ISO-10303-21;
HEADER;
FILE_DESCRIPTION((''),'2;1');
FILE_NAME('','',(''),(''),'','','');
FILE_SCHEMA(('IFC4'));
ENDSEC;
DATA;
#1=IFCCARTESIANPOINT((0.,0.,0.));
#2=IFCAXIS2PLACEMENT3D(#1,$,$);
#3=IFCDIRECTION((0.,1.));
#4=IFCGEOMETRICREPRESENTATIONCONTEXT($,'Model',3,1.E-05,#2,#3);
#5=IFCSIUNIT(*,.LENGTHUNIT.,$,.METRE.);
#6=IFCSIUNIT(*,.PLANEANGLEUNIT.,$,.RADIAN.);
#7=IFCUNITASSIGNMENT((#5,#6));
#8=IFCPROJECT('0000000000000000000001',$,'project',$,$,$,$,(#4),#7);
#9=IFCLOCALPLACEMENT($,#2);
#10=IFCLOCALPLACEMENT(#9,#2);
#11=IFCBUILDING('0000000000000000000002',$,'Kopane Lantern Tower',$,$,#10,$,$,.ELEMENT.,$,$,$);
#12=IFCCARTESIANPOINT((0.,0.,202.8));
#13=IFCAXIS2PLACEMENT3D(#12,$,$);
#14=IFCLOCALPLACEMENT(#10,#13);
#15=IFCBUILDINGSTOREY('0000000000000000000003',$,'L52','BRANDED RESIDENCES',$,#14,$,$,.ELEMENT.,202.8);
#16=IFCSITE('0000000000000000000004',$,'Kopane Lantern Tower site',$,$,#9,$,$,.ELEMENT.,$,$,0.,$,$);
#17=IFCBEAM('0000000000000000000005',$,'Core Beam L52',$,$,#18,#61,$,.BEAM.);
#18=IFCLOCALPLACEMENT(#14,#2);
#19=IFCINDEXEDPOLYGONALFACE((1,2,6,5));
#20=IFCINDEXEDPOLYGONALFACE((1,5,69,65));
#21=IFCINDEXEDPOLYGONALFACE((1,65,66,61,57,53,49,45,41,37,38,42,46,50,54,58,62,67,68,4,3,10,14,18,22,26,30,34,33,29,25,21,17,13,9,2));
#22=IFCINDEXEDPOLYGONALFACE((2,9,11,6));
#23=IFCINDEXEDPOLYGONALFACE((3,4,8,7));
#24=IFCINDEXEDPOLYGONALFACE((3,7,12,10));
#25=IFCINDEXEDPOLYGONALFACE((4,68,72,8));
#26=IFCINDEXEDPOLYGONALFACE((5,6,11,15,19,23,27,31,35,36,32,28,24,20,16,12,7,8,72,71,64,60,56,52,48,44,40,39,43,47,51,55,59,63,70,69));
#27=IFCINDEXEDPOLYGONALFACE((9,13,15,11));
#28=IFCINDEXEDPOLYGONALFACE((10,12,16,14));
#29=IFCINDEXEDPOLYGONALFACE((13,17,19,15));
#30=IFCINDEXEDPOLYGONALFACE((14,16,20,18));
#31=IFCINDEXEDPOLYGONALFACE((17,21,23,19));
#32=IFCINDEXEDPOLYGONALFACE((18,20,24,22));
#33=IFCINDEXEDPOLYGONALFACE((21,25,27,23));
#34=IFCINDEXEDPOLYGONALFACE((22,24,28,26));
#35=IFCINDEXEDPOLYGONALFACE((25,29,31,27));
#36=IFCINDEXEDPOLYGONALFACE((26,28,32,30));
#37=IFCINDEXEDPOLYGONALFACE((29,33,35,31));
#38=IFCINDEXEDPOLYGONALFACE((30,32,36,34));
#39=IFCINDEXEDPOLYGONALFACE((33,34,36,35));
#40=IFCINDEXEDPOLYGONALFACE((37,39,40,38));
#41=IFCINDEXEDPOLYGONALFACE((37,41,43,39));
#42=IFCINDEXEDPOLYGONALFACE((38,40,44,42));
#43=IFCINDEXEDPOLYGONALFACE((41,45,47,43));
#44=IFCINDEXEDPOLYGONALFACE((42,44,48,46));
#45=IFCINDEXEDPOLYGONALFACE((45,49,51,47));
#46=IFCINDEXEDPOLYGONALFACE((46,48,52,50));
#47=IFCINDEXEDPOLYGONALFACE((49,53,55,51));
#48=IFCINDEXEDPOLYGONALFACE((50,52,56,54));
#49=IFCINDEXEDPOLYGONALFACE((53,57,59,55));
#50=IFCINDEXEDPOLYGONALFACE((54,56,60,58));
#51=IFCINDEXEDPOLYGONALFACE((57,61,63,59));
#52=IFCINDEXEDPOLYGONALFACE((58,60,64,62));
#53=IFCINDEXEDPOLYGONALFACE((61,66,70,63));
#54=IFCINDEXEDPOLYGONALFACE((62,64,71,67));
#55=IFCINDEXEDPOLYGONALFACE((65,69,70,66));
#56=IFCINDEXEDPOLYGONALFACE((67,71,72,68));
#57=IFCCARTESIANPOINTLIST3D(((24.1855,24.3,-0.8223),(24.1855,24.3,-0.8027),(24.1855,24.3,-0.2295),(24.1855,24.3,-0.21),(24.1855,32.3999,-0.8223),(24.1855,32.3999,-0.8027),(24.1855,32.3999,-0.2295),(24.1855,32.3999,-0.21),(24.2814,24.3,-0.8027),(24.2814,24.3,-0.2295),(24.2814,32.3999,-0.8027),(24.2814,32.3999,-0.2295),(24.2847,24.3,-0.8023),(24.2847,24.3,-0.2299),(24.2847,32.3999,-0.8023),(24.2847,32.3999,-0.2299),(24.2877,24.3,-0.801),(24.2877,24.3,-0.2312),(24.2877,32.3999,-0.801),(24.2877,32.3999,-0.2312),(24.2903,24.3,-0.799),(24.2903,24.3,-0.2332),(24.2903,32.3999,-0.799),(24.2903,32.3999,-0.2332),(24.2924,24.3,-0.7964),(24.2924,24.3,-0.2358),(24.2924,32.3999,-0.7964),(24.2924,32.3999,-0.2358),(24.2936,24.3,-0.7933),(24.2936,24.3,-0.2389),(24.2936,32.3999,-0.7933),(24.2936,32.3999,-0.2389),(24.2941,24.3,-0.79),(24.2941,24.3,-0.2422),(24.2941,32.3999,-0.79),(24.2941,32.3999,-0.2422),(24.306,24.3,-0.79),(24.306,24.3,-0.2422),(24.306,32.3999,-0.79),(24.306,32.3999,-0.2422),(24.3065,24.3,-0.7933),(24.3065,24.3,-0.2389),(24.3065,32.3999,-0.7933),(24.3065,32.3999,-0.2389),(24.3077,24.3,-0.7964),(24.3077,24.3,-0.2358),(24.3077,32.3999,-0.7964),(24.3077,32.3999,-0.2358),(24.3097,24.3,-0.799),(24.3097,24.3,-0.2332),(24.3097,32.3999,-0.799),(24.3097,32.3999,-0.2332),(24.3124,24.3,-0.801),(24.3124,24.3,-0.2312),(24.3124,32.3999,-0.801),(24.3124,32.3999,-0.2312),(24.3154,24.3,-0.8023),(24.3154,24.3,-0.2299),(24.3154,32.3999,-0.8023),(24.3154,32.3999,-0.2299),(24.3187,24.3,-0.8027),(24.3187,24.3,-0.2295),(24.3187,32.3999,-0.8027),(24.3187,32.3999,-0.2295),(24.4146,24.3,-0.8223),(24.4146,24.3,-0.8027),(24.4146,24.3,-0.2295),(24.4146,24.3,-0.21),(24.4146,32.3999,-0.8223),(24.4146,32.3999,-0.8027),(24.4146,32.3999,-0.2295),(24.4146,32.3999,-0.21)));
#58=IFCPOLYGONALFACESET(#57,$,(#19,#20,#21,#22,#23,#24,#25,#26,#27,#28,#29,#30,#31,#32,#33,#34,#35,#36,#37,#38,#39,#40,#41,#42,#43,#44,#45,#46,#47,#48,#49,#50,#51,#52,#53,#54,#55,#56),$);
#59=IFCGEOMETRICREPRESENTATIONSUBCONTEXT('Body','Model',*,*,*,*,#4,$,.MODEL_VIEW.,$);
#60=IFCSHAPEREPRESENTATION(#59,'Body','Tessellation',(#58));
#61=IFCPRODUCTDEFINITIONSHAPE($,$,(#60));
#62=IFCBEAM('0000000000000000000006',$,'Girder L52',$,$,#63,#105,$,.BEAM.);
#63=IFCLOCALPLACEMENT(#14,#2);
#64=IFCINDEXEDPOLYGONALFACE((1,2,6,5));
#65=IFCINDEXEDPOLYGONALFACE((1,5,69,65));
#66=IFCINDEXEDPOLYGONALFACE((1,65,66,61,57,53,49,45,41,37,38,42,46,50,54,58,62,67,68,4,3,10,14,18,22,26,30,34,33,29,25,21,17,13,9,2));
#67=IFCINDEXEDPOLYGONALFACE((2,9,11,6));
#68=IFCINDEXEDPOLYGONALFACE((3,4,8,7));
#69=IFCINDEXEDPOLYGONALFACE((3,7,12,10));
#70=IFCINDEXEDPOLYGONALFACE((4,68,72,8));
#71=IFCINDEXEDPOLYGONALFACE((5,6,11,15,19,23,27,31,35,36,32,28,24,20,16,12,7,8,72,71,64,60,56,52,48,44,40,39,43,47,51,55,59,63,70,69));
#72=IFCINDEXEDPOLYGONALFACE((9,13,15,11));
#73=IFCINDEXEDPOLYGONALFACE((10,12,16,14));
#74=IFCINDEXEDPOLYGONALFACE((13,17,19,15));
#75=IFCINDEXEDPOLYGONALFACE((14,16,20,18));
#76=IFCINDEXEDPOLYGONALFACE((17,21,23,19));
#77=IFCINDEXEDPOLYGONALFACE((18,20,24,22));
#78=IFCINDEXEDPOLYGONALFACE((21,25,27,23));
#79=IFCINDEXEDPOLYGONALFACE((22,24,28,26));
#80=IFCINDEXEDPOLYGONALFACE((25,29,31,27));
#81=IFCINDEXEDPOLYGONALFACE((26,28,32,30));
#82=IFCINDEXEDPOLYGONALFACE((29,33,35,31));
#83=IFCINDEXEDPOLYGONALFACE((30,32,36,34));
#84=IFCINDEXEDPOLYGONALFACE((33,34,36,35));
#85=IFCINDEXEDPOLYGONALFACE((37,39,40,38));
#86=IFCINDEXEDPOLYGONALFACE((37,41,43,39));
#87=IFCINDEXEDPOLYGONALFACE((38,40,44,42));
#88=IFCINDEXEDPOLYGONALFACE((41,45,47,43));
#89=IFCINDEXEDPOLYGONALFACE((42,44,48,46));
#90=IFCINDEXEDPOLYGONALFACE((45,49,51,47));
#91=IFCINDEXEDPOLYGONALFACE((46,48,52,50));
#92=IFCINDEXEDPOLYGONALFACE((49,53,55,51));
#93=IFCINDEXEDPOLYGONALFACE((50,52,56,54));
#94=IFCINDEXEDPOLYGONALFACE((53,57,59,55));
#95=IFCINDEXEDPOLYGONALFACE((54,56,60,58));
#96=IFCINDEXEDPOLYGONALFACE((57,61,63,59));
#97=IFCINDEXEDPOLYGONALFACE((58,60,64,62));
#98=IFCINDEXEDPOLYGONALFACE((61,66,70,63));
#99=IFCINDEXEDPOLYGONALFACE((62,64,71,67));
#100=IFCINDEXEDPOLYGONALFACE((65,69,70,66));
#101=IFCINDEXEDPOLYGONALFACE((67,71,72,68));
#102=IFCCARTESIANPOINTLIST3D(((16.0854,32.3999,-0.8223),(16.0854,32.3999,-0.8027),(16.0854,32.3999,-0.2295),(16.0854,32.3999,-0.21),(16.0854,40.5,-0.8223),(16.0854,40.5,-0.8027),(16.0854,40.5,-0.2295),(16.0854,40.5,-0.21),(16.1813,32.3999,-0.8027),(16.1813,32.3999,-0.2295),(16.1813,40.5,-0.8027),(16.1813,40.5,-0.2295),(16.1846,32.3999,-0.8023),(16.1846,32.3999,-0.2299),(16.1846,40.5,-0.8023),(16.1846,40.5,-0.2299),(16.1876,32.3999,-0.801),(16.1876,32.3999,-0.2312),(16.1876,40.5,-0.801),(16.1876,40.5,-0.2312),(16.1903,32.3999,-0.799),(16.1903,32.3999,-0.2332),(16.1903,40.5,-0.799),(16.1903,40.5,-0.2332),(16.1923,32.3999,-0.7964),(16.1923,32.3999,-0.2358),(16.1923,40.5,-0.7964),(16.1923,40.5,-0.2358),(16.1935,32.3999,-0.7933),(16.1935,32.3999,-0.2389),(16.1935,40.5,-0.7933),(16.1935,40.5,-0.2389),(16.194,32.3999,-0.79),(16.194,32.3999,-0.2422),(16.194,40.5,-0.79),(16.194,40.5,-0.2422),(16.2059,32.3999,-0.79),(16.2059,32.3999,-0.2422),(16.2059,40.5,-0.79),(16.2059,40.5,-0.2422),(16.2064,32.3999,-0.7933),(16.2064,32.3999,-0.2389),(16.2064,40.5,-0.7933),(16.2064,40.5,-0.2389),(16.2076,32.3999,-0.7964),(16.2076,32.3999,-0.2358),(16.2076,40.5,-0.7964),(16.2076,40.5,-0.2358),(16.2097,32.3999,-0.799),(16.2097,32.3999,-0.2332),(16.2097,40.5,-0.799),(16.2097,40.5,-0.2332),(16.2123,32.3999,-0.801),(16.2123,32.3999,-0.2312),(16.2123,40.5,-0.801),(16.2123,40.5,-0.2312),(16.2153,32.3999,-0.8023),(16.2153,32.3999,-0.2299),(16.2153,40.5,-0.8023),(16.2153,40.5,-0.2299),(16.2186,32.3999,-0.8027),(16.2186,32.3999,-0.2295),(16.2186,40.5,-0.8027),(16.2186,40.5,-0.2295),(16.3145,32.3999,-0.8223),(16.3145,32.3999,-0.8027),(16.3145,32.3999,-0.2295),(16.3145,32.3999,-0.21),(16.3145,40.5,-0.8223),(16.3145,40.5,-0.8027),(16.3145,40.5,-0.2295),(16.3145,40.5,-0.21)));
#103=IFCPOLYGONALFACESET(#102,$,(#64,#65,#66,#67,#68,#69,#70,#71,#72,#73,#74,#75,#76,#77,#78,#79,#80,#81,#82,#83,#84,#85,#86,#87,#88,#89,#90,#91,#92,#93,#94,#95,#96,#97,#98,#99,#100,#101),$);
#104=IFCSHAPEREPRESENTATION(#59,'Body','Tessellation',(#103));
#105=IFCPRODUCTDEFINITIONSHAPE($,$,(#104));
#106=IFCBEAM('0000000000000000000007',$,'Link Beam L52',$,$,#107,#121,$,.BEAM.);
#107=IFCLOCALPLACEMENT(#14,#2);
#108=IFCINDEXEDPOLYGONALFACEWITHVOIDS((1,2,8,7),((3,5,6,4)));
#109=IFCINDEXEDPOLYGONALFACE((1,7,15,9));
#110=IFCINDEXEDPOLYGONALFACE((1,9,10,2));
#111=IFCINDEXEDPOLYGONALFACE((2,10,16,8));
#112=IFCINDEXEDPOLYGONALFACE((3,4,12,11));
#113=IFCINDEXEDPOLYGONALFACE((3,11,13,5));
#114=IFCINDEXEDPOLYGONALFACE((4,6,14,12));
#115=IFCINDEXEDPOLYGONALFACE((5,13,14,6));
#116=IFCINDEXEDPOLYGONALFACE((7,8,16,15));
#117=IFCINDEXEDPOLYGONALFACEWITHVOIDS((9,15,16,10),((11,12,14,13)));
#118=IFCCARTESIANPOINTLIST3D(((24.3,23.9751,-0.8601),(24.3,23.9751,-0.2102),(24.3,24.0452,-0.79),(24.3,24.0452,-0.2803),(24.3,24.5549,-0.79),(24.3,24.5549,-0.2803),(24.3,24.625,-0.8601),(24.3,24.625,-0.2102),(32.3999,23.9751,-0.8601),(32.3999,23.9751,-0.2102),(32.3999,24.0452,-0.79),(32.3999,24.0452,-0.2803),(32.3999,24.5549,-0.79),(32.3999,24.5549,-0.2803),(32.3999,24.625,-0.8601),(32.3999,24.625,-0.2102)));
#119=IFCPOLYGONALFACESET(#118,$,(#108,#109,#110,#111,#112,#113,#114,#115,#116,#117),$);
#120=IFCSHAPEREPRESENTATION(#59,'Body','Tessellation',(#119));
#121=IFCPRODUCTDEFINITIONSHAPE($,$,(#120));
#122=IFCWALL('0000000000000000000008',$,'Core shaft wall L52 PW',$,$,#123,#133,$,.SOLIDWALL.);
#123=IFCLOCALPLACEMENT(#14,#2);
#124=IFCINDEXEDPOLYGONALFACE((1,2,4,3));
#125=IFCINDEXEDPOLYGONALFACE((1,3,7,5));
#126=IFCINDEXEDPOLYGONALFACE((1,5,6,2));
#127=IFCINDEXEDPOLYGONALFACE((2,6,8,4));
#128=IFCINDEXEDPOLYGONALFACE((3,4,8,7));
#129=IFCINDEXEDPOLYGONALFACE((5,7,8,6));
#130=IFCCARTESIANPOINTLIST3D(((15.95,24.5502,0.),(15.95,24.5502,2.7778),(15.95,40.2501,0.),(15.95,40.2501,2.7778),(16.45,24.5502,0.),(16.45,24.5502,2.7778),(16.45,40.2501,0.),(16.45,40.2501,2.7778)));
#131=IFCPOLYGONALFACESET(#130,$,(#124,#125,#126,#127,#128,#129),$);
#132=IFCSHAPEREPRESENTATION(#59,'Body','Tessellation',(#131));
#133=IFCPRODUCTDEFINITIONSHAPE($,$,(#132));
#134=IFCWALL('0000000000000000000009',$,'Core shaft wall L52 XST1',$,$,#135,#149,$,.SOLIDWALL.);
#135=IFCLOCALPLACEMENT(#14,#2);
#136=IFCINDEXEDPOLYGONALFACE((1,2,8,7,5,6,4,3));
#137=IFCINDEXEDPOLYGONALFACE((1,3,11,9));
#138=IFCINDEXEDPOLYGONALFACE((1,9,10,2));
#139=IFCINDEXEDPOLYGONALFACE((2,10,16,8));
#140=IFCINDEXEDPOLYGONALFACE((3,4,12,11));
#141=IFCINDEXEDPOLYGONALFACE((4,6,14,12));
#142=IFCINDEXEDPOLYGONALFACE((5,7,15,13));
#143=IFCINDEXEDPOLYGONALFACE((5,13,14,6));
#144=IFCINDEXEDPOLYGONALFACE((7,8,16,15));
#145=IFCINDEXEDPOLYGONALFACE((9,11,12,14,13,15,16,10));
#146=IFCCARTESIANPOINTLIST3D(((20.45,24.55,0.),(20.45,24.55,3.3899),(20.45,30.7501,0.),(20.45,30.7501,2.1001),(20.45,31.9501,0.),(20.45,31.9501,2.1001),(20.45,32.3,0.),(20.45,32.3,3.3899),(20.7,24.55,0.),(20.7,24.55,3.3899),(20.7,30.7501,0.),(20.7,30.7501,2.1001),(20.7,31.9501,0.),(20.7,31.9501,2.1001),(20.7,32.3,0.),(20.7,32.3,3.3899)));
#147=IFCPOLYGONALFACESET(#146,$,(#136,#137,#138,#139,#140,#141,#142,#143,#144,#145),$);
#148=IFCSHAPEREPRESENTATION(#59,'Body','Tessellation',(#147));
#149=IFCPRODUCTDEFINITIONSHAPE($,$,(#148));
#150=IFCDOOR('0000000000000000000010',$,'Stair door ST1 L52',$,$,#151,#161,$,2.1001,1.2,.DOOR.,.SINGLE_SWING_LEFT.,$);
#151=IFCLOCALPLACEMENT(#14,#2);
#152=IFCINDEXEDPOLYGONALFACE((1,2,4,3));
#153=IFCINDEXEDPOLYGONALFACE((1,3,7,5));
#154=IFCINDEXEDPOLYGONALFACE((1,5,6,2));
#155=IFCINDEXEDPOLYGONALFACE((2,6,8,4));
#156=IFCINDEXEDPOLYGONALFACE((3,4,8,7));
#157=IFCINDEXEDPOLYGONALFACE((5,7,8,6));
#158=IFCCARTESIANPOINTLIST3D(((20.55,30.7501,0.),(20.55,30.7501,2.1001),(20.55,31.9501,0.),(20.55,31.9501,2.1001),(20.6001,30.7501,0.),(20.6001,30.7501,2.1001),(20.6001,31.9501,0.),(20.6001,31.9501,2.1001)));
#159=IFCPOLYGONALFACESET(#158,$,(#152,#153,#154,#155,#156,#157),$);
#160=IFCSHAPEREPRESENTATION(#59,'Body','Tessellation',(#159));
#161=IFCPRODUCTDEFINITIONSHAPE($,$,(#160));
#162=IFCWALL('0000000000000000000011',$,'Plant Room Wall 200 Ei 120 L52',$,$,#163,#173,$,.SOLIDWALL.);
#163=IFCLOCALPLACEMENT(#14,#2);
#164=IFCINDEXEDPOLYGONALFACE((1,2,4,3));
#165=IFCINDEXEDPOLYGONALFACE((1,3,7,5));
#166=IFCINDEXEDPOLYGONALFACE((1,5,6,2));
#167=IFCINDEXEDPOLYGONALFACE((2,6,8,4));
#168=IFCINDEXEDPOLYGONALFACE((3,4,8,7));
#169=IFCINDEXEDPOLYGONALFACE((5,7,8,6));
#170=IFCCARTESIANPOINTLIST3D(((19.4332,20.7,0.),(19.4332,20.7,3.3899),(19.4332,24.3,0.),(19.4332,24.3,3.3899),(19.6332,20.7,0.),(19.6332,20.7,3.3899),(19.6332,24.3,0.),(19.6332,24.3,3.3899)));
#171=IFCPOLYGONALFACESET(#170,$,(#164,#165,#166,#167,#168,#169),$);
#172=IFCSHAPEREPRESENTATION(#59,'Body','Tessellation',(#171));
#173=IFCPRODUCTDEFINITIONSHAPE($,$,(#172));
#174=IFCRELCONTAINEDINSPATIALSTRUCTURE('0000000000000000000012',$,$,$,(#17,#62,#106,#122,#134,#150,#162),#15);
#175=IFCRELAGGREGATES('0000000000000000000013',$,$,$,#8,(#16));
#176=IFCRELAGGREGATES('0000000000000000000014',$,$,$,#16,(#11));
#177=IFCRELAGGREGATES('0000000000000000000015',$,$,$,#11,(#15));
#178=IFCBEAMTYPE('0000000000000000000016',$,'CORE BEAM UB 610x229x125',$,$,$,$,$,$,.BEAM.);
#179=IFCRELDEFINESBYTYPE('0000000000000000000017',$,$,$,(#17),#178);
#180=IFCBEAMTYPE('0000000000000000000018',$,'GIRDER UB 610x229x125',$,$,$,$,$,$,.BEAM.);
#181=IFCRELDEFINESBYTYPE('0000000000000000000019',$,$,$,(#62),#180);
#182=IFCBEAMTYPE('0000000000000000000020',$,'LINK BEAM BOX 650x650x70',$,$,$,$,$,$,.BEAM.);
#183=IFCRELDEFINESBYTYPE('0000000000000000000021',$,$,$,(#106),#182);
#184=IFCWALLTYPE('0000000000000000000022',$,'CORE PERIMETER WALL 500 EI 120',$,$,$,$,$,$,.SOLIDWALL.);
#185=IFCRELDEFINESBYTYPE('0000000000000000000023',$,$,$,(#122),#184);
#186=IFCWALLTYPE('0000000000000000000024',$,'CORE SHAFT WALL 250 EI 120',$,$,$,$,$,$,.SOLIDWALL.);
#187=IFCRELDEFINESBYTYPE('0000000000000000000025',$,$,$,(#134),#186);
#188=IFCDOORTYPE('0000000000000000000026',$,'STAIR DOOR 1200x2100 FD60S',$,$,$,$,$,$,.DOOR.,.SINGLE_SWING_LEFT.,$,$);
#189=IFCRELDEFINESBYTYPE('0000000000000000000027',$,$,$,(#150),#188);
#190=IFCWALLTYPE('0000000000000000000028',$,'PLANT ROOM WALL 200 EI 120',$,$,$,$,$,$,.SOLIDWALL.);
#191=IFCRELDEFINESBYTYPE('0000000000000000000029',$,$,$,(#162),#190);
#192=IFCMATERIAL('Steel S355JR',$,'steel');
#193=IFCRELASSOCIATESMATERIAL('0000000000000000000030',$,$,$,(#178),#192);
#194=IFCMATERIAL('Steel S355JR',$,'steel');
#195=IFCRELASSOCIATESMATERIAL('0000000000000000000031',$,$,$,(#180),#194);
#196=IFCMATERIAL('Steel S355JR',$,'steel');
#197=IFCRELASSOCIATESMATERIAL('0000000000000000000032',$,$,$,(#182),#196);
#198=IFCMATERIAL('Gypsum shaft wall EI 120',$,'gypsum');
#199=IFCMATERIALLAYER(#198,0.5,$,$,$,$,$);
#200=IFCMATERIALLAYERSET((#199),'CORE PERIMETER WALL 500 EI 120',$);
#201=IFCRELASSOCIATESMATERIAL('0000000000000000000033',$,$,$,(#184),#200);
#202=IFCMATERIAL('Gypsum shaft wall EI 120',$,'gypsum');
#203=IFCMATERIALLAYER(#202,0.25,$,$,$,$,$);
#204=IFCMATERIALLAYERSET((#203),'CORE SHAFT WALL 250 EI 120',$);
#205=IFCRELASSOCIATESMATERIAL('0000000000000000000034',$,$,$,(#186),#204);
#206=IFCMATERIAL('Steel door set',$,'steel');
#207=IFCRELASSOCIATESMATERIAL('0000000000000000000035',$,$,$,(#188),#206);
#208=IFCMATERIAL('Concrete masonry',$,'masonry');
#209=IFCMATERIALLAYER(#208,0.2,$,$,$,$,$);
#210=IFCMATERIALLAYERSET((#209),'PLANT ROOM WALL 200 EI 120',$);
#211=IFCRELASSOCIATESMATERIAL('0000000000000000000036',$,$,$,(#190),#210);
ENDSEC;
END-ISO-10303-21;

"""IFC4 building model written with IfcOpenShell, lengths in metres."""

from ifc_helpers import new_model, si_unit, direction, frame, frame_2d, origin, origin_2d, place, context, subcontext, project, spatial, rectangle, hollow_rectangle, i_section, extrude, material, layer, layer_set, material_profile, profile_set, type_object, element, fill, save


model = new_model("IFC4")

# Units and contexts
model_context = context("Model", 3, precision=1e-05, world=origin(), true_north=direction((0.0, 1.0)))
body_context = subcontext(model_context, "Body", "Model", "MODEL_VIEW")
ifc_project = project(units=[si_unit("LENGTHUNIT", "METRE"), si_unit("PLANEANGLEUNIT", "RADIAN")], contexts=[model_context])

# Site, building, storey
site_placement = place(None, origin())
site = spatial("IfcSite", under=ifc_project, at=site_placement, Name="Kopane Lantern Tower site", CompositionType="ELEMENT", RefElevation=0.0)
building_placement = place(site_placement, origin())
building = spatial("IfcBuilding", under=site, at=building_placement, Name="Kopane Lantern Tower", CompositionType="ELEMENT")
storey_placement = place(building_placement, frame((0.0, 0.0, 202.8)))
storey = spatial("IfcBuildingStorey", under=building, at=storey_placement, Name="L52", Description="BRANDED RESIDENCES", CompositionType="ELEMENT", Elevation=202.8)

# Beams
ifc_material_1 = material(Name="Steel S355JR", Category="steel")
ifc_material_profile_1 = material_profile(ifc_material_1, i_section(OverallWidth=0.229, OverallDepth=0.6123, WebThickness=0.012, FlangeThickness=0.0195, FilletRadius=0.0127, at=origin_2d()), Name="UB 610x229x125")
ifc_profile_set_1 = profile_set([ifc_material_profile_1], Name="Steel S355JR")
beam_type_1 = type_object("IfcBeamType", Name="CORE BEAM UB 610x229x125", PredefinedType="BEAM", material=ifc_profile_set_1)
beam_1_placement = place(storey_placement, frame((24.3, 24.3, -0.5161), z_axis=(0.0, 1.0, 0.0), x_axis=(-1.0, 0.0, 0.0)))
element("IfcBeam", 1, at=beam_1_placement, inside=storey, type_object=beam_type_1, Name="Core Beam L52", PredefinedType="BEAM", context=body_context, shape_type="SweptSolid", body=[
    extrude(i_section(OverallWidth=0.229, OverallDepth=0.6123, WebThickness=0.012, FlangeThickness=0.0195, FilletRadius=0.0127, at=origin_2d()), origin(), (0.0, 0.0, 1.0), 8.0999),
])
ifc_material_2 = material(Name="Steel S355JR", Category="steel")
ifc_material_profile_2 = material_profile(ifc_material_2, i_section(OverallWidth=0.229, OverallDepth=0.6123, WebThickness=0.012, FlangeThickness=0.0195, FilletRadius=0.0127, at=origin_2d()), Name="UB 610x229x125")
ifc_profile_set_2 = profile_set([ifc_material_profile_2], Name="Steel S355JR")
beam_type_2 = type_object("IfcBeamType", Name="GIRDER UB 610x229x125", PredefinedType="BEAM", material=ifc_profile_set_2)
beam_2_placement = place(storey_placement, frame((16.2, 32.3999, -0.5161), z_axis=(0.0, 1.0, 0.0), x_axis=(-1.0, 0.0, 0.0)))
element("IfcBeam", 2, at=beam_2_placement, inside=storey, type_object=beam_type_2, Name="Girder L52", PredefinedType="BEAM", context=body_context, shape_type="SweptSolid", body=[
    extrude(i_section(OverallWidth=0.229, OverallDepth=0.6123, WebThickness=0.012, FlangeThickness=0.0195, FilletRadius=0.0127, at=origin_2d()), origin(), (0.0, 0.0, 1.0), 8.1001),
])
ifc_material_3 = material(Name="Steel S355JR", Category="steel")
ifc_material_profile_3 = material_profile(ifc_material_3, hollow_rectangle(XDim=0.6499, YDim=0.6499, WallThickness=0.0701, at=origin_2d()), Name="BOX 650x650x70")
ifc_profile_set_3 = profile_set([ifc_material_profile_3], Name="Steel S355JR")
beam_type_3 = type_object("IfcBeamType", Name="LINK BEAM BOX 650x650x70", PredefinedType="BEAM", material=ifc_profile_set_3)
beam_3_placement = place(storey_placement, frame((24.3, 24.3, -0.5352), z_axis=(1.0, 0.0, 0.0), x_axis=(0.0, 1.0, 0.0)))
element("IfcBeam", 3, at=beam_3_placement, inside=storey, type_object=beam_type_3, Name="Link Beam L52", PredefinedType="BEAM", context=body_context, shape_type="SweptSolid", body=[
    extrude(hollow_rectangle(XDim=0.6499, YDim=0.6499, WallThickness=0.0701, at=origin_2d()), origin(), (0.0, 0.0, 1.0), 8.0999),
])

# Wall
ifc_material_4 = material(Name="Gypsum shaft wall EI 120", Category="gypsum")
ifc_layer_1 = layer(ifc_material_4, 0.5)
ifc_layer_set_1 = layer_set([ifc_layer_1], Name="CORE PERIMETER WALL 500 EI 120")
wall_type_1 = type_object("IfcWallType", Name="CORE PERIMETER WALL 500 EI 120", PredefinedType="SOLIDWALL", material=ifc_layer_set_1)
wall_1_placement = place(storey_placement, frame((16.2, 24.55, 0.0), z_axis=(0.0, 0.0, 1.0), x_axis=(0.0, 1.0, 0.0)))
element("IfcWall", 4, at=wall_1_placement, inside=storey, type_object=wall_type_1, Name="Core shaft wall L52 PW", PredefinedType="SOLIDWALL", context=body_context, shape_type="SweptSolid", body=[
    extrude(rectangle(XDim=15.7, YDim=0.5, at=frame_2d((7.8501, 0.0))), origin(), (0.0, 0.0, 1.0), 2.7778),
])

# Wall, opening, door
ifc_material_5 = material(Name="Gypsum shaft wall EI 120", Category="gypsum")
ifc_layer_2 = layer(ifc_material_5, 0.25)
ifc_layer_set_2 = layer_set([ifc_layer_2], Name="CORE SHAFT WALL 250 EI 120")
wall_type_2 = type_object("IfcWallType", Name="CORE SHAFT WALL 250 EI 120", PredefinedType="SOLIDWALL", material=ifc_layer_set_2)
wall_2_placement = place(storey_placement, frame((20.575, 24.55, 0.0), z_axis=(0.0, 0.0, 1.0), x_axis=(0.0, 1.0, 0.0)))
wall_2 = element("IfcWall", 5, at=wall_2_placement, inside=storey, type_object=wall_type_2, Name="Core shaft wall L52 XST1", PredefinedType="SOLIDWALL", context=body_context, shape_type="SweptSolid", body=[
    extrude(rectangle(XDim=7.75, YDim=0.25, at=frame_2d((3.875, 0.0))), origin(), (0.0, 0.0, 1.0), 3.3899),
])
opening_1_placement = place(wall_2_placement, frame((6.2, 0.0, 0.0)))
opening_1 = element("IfcOpeningElement", 6, at=opening_1_placement, cuts=wall_2, PredefinedType="OPENING", context=body_context, shape_type="SweptSolid", body=[
    extrude(rectangle(XDim=1.2, YDim=2.1001, at=frame_2d((0.6001, 1.05))), frame((0.0, 0.135, 0.0), z_axis=(0.0, -1.0, 0.0), x_axis=(1.0, 0.0, 0.0)), (0.0, 0.0, 1.0), 0.27),
])
ifc_material_6 = material(Name="Steel door set", Category="steel")
door_type_1 = type_object("IfcDoorType", Name="STAIR DOOR 1200x2100 FD60S", OperationType="SINGLE_SWING_LEFT", PredefinedType="DOOR", material=ifc_material_6)
door_1_placement = place(opening_1_placement, origin())
door_1 = element("IfcDoor", 7, at=door_1_placement, inside=storey, type_object=door_type_1, Name="Stair door ST1 L52", OperationType="SINGLE_SWING_LEFT", OverallHeight=2.1001, OverallWidth=1.2, PredefinedType="DOOR", context=body_context, shape_type="SweptSolid", body=[
    extrude(rectangle(XDim=1.2, YDim=2.1001, at=frame_2d((0.6001, 1.05))), frame((0.0, 0.0249, 0.0), z_axis=(0.0, -1.0, 0.0), x_axis=(1.0, 0.0, 0.0)), (0.0, 0.0, 1.0), 0.05),
])
fill(opening_1, door_1)

# Wall
ifc_material_7 = material(Name="Concrete masonry", Category="masonry")
ifc_layer_3 = layer(ifc_material_7, 0.2)
ifc_layer_set_3 = layer_set([ifc_layer_3], Name="PLANT ROOM WALL 200 EI 120")
wall_type_3 = type_object("IfcWallType", Name="PLANT ROOM WALL 200 EI 120", PredefinedType="SOLIDWALL", material=ifc_layer_set_3)
wall_3_placement = place(storey_placement, frame((19.5332, 20.7, 0.0), z_axis=(0.0, 0.0, 1.0), x_axis=(0.0, 1.0, 0.0)))
element("IfcWall", 8, at=wall_3_placement, inside=storey, type_object=wall_type_3, Name="Plant Room Wall 200 Ei 120 L52", PredefinedType="SOLIDWALL", context=body_context, shape_type="SweptSolid", body=[
    extrude(rectangle(XDim=3.6001, YDim=0.2, at=frame_2d((1.8, 0.0))), origin(), (0.0, 0.0, 1.0), 3.3899),
])

save(model, "model.ifc")
